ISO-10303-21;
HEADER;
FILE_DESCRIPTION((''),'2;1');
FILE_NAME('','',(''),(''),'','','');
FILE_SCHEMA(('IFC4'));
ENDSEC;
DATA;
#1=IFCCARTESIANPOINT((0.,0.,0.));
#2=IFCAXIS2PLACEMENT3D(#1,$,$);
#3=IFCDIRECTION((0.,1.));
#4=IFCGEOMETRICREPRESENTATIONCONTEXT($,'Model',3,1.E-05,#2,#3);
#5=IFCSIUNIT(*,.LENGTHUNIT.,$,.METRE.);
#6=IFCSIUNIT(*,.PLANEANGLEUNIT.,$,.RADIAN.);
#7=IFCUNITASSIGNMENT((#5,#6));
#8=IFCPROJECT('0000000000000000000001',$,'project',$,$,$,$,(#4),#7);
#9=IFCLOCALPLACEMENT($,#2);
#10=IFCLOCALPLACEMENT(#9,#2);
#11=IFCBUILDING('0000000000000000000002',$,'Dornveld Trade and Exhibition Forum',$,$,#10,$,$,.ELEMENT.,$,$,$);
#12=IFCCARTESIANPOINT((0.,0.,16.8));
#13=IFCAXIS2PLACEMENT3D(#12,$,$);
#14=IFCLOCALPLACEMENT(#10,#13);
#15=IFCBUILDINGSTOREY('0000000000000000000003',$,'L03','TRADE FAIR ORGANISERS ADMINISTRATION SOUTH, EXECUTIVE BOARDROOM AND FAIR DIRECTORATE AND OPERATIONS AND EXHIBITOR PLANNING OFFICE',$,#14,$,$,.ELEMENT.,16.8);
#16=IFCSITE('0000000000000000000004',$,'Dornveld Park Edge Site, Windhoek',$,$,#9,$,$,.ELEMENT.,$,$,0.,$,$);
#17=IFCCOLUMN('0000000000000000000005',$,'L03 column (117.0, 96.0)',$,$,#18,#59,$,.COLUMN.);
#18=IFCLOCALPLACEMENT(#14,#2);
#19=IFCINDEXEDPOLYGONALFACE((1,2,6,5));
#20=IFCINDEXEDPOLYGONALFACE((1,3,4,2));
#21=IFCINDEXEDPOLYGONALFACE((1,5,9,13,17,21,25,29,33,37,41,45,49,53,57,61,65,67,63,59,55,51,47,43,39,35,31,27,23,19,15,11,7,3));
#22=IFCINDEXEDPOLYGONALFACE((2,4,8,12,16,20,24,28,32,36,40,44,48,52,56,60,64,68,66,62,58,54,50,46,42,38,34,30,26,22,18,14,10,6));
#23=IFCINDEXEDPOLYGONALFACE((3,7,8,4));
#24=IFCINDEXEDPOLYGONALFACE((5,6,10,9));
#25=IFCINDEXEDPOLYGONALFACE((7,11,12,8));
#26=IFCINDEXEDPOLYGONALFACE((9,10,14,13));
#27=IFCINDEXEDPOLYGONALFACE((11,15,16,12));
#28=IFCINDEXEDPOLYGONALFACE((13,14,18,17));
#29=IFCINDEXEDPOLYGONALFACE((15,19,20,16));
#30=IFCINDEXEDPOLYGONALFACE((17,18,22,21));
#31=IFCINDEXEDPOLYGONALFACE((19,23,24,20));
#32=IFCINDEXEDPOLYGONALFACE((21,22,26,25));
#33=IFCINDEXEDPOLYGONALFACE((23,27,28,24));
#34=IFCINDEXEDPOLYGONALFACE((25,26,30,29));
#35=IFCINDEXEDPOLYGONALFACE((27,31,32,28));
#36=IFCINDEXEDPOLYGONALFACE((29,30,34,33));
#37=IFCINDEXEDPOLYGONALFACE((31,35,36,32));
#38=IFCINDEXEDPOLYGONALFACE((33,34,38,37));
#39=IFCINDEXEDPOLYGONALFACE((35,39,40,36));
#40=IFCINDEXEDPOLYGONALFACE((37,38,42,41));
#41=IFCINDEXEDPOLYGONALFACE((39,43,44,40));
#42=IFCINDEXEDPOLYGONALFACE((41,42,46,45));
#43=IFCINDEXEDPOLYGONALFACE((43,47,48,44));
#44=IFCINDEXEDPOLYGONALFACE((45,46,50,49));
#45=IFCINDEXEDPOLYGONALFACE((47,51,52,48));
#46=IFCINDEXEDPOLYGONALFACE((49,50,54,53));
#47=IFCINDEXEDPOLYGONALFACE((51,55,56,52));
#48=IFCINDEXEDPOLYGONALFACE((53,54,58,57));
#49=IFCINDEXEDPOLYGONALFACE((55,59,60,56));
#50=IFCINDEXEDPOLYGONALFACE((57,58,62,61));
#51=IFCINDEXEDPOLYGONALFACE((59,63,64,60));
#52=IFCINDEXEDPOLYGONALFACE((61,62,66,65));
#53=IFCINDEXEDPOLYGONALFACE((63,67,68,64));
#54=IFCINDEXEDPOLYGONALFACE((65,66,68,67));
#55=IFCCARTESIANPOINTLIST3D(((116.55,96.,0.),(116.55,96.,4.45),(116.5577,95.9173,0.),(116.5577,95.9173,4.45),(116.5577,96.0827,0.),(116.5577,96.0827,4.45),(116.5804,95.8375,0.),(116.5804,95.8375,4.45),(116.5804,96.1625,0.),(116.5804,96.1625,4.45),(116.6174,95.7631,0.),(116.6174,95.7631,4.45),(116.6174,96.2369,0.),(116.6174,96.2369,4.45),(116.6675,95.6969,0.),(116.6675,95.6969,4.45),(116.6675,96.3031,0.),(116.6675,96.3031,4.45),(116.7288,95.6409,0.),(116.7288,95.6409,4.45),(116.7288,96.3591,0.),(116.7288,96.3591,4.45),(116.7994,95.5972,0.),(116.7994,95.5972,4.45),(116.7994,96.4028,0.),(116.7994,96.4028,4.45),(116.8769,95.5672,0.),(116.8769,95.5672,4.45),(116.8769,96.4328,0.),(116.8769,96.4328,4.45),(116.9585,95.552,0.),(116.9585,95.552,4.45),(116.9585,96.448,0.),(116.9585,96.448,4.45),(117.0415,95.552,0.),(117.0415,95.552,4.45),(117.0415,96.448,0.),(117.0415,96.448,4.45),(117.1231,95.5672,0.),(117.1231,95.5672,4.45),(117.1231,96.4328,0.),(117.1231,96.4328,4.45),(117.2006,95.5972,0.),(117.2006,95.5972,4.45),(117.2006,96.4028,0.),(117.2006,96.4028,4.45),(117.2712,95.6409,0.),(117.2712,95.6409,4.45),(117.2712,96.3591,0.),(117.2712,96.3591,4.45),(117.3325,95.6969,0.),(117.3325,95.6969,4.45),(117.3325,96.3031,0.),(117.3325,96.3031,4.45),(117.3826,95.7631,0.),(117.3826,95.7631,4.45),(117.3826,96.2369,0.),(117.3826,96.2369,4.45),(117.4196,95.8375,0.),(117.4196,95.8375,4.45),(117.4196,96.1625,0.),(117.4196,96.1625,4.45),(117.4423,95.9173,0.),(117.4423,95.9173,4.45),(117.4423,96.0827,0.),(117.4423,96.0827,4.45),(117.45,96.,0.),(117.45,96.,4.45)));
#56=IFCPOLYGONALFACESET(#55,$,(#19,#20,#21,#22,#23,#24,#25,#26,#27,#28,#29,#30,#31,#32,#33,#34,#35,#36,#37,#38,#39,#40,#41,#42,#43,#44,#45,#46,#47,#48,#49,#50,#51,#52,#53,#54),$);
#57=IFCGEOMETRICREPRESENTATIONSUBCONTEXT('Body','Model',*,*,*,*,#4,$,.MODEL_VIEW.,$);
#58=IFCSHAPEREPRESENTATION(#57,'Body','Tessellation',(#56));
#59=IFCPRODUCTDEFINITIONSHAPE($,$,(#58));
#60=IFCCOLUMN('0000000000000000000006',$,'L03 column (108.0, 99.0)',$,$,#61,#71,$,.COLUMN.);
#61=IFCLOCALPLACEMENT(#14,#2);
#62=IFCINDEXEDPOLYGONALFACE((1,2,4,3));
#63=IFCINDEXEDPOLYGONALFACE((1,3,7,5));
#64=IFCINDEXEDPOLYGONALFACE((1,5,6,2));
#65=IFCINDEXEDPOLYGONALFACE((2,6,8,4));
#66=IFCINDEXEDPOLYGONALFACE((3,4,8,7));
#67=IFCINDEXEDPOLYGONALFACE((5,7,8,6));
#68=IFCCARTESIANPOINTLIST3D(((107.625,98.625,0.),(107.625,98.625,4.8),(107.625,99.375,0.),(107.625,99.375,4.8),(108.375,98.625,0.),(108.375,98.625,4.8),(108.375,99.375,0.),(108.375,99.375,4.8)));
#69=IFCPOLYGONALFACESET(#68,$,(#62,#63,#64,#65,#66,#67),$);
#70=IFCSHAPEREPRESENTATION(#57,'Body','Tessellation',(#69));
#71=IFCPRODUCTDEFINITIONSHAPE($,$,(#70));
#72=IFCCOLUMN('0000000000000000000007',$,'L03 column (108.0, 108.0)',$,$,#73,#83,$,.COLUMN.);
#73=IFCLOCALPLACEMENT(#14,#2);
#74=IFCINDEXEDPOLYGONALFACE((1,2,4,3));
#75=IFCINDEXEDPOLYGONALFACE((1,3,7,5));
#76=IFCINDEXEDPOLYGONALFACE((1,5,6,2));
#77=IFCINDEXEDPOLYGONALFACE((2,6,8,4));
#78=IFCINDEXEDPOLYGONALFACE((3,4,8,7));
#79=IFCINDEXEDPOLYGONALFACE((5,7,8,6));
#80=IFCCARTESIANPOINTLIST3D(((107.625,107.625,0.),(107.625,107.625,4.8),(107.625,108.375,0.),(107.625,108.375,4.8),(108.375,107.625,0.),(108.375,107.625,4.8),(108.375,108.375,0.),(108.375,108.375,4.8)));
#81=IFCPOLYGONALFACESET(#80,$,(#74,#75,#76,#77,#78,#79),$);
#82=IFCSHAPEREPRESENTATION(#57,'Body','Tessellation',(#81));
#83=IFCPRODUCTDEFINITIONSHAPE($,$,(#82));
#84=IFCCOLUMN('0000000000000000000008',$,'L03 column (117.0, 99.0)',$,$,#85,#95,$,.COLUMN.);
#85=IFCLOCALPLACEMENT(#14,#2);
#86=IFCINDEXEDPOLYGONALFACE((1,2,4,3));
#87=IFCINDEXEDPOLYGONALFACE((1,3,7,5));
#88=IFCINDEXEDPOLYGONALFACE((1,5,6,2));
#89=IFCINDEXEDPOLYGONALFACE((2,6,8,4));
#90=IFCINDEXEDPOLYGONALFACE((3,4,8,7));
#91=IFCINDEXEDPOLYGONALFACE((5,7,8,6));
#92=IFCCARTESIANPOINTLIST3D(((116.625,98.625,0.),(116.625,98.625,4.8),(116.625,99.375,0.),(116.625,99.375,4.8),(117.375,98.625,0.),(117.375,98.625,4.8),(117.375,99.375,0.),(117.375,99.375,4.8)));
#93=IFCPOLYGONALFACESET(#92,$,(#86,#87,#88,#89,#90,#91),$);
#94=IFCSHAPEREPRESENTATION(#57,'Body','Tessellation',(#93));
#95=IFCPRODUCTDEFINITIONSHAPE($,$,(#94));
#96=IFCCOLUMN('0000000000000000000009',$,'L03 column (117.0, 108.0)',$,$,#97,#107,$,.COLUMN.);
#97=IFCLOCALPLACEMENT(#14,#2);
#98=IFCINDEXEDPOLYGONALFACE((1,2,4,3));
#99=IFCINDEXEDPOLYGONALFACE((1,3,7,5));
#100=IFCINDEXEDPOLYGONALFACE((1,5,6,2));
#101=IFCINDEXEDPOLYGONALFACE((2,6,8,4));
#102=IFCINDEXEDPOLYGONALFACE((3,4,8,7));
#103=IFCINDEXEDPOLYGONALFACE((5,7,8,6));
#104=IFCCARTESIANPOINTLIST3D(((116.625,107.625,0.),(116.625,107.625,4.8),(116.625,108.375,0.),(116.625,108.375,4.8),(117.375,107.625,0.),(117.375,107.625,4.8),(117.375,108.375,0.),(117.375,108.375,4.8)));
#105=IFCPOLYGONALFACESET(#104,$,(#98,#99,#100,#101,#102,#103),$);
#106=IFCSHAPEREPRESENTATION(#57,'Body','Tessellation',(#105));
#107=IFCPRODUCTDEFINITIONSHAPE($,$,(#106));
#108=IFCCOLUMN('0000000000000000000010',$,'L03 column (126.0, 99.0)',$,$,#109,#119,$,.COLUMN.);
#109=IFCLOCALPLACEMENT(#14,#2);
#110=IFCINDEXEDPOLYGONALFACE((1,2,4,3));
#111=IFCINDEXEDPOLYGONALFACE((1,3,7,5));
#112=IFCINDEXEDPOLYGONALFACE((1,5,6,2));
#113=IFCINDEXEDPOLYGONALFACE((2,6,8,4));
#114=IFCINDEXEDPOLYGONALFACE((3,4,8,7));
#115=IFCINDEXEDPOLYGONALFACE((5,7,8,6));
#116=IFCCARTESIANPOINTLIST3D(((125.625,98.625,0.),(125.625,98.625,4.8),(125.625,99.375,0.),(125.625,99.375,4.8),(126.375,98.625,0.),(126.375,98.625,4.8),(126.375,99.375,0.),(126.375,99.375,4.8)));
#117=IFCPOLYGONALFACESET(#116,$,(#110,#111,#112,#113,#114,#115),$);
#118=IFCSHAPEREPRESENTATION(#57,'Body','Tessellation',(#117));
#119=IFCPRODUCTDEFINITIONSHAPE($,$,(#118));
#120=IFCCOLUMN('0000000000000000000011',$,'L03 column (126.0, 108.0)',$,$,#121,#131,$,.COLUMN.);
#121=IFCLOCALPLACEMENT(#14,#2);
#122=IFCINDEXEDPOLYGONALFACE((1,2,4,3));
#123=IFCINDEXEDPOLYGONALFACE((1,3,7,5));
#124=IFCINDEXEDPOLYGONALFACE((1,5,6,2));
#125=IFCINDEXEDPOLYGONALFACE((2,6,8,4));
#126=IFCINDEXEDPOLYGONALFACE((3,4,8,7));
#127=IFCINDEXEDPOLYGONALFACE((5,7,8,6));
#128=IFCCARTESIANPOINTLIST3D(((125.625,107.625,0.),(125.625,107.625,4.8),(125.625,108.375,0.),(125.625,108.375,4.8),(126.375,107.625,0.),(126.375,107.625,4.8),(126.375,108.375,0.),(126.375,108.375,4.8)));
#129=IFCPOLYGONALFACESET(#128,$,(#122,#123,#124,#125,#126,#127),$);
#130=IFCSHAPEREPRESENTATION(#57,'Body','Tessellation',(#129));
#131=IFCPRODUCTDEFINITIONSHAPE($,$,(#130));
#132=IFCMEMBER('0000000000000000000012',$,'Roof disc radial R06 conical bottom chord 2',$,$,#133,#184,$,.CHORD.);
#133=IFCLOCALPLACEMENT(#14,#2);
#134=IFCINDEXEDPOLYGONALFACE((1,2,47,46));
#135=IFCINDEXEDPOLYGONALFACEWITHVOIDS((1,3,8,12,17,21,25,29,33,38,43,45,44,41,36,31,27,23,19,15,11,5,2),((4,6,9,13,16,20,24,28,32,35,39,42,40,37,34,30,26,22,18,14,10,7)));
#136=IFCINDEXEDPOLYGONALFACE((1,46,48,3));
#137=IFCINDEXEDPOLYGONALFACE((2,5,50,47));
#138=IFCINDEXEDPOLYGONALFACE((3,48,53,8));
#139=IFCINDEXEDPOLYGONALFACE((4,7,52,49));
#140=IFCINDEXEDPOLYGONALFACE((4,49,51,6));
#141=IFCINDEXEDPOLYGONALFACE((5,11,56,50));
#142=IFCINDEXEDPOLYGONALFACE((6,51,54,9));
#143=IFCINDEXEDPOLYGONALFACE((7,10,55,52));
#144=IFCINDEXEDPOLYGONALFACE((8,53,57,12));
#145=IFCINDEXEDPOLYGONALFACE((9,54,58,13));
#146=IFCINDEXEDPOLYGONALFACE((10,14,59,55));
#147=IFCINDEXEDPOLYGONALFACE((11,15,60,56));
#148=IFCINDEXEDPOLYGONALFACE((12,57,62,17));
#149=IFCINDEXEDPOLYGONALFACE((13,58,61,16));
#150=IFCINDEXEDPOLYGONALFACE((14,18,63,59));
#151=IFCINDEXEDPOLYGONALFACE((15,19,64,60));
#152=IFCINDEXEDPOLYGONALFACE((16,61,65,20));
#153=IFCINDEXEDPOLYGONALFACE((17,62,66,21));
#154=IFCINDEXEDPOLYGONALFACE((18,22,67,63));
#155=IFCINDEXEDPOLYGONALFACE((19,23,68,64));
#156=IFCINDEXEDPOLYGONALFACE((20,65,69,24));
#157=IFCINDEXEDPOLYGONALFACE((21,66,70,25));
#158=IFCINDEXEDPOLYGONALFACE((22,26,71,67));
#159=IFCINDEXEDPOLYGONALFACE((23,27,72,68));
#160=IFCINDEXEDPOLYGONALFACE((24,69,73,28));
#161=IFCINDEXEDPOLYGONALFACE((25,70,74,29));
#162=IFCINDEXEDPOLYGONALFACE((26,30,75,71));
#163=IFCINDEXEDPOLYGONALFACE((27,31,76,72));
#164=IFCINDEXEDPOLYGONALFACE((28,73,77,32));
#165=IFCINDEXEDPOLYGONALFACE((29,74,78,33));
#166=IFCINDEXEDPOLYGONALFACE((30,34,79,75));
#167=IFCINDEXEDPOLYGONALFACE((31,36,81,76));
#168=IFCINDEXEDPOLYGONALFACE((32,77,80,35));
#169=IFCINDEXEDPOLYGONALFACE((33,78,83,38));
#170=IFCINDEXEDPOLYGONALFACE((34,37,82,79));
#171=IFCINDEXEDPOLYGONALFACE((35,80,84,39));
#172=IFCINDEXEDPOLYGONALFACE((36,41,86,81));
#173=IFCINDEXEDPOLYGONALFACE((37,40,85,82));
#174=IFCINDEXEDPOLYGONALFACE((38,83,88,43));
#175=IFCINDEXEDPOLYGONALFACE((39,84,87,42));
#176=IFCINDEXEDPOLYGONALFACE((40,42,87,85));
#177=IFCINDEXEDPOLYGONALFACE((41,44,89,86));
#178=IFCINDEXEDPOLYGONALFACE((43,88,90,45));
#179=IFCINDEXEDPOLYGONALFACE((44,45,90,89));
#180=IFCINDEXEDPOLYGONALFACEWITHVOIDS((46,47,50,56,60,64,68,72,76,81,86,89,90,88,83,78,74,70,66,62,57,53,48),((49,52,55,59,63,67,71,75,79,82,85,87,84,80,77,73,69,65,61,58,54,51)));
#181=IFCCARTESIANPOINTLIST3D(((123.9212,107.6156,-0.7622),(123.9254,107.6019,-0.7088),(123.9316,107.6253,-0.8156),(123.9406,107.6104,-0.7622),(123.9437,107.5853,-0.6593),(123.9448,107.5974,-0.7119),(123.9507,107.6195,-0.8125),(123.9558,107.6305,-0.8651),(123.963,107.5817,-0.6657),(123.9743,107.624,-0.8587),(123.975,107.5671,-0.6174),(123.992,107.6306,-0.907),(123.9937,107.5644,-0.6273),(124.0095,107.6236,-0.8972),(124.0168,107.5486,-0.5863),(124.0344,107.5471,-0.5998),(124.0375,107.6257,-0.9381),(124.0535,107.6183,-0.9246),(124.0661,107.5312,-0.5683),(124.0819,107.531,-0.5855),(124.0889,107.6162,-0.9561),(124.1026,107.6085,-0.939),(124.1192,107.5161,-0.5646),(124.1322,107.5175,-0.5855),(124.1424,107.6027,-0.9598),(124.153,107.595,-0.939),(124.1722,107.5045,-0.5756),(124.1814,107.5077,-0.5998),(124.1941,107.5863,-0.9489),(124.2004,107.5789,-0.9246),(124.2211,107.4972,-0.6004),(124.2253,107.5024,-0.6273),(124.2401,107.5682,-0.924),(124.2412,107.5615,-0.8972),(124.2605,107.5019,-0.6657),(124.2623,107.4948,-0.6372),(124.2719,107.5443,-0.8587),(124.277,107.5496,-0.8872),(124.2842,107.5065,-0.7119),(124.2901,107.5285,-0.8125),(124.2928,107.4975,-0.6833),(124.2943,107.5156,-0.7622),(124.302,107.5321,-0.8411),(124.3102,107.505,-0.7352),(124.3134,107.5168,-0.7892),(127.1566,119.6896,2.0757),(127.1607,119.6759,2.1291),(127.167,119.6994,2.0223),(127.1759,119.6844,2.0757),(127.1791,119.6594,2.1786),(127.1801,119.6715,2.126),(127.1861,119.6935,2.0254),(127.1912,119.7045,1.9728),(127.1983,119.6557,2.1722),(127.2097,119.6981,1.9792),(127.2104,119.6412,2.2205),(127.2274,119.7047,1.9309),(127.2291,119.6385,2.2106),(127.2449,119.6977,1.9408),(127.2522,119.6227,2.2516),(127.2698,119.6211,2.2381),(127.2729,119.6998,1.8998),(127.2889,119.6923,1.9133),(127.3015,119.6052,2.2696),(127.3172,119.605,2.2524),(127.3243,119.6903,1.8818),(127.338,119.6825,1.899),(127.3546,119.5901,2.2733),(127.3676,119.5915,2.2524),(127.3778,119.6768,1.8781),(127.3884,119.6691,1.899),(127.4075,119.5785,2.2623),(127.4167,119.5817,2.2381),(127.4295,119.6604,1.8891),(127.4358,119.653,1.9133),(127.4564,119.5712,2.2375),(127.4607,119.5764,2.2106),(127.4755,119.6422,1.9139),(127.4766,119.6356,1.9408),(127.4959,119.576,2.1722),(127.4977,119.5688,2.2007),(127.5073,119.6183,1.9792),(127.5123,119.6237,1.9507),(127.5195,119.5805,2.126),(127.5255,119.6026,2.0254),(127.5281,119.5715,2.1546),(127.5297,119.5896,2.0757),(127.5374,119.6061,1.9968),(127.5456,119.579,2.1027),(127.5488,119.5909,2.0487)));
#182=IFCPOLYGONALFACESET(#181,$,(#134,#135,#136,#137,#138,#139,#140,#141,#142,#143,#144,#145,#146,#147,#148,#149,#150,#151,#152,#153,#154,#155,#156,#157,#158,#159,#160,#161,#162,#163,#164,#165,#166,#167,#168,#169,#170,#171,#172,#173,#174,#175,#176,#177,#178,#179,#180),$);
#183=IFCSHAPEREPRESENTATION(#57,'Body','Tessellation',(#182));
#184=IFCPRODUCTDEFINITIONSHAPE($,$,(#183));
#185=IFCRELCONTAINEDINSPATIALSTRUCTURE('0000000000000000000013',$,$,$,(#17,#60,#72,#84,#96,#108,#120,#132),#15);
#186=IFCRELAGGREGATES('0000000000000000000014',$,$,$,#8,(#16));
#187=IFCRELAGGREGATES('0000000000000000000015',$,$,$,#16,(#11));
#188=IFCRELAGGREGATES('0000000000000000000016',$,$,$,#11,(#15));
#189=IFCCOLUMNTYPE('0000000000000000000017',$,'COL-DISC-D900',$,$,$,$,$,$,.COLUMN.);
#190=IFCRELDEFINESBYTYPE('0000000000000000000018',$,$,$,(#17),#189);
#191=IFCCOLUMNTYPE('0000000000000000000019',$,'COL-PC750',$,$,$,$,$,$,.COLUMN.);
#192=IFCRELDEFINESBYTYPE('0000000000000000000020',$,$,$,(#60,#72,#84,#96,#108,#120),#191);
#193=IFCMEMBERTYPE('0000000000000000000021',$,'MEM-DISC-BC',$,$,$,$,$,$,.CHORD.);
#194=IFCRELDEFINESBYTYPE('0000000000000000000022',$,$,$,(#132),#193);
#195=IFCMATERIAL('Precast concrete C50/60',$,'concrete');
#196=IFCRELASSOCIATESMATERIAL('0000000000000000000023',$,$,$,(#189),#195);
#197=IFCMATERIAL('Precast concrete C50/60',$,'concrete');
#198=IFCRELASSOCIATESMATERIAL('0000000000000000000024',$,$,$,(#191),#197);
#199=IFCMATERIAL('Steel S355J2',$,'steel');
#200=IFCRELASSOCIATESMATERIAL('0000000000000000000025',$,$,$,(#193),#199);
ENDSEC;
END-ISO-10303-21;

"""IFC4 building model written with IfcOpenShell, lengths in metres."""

from ifc_helpers import new_model, si_unit, direction, frame, origin, origin_2d, place, context, subcontext, project, spatial, rectangle, circle, hollow_circle, extrude, material, material_profile, profile_set, type_object, element, save


model = new_model("IFC4")

# Units and contexts
model_context = context("Model", 3, precision=1e-05, world=origin(), true_north=direction((0.0, 1.0)))
body_context = subcontext(model_context, "Body", "Model", "MODEL_VIEW")
ifc_project = project(units=[si_unit("LENGTHUNIT", "METRE"), si_unit("PLANEANGLEUNIT", "RADIAN")], contexts=[model_context])

# Site, building, storey
site_placement = place(None, origin())
site = spatial("IfcSite", under=ifc_project, at=site_placement, Name="Dornveld Park Edge Site, Windhoek", CompositionType="ELEMENT", RefElevation=0.0)
building_placement = place(site_placement, origin())
building = spatial("IfcBuilding", under=site, at=building_placement, Name="Dornveld Trade and Exhibition Forum", CompositionType="ELEMENT")
storey_placement = place(building_placement, frame((0.0, 0.0, 16.8)))
storey = spatial("IfcBuildingStorey", under=building, at=storey_placement, Name="L03", Description="TRADE FAIR ORGANISERS ADMINISTRATION SOUTH, EXECUTIVE BOARDROOM AND FAIR DIRECTORATE AND OPERATIONS AND EXHIBITOR PLANNING OFFICE", CompositionType="ELEMENT", Elevation=16.8)

# Columns
ifc_material_1 = material(Name="Precast concrete C50/60", Category="concrete")
ifc_material_profile_1 = material_profile(ifc_material_1, circle(Radius=0.45, at=origin_2d()), Name="PC-COL D900")
ifc_profile_set_1 = profile_set([ifc_material_profile_1], Name="Precast concrete C50/60")
column_type_1 = type_object("IfcColumnType", Name="COL-DISC-D900", PredefinedType="COLUMN", material=ifc_profile_set_1)
column_placement = place(storey_placement, frame((117.0, 96.0, 0.0), z_axis=(0.0, 0.0, 1.0), x_axis=(1.0, 0.0, 0.0)))
element("IfcColumn", 1, at=column_placement, inside=storey, type_object=column_type_1, Name="L03 column (117.0, 96.0)", PredefinedType="COLUMN", context=body_context, shape_type="SweptSolid", body=[
    extrude(circle(Radius=0.45, at=origin_2d()), origin(), (0.0, 0.0, 1.0), 4.45),
])
ifc_material_2 = material(Name="Precast concrete C50/60", Category="concrete")
ifc_material_profile_2 = material_profile(ifc_material_2, rectangle(XDim=0.75, YDim=0.75, at=origin_2d()), Name="PC-COL 750x750")
ifc_profile_set_2 = profile_set([ifc_material_profile_2], Name="Precast concrete C50/60")
column_type_2 = type_object("IfcColumnType", Name="COL-PC750", PredefinedType="COLUMN", material=ifc_profile_set_2)
for number, where, z_axis, x_axis, name in (
    (2, (108.0, 99.0, 0.0), (0.0, 0.0, 1.0), (1.0, 0.0, 0.0), "L03 column (108.0, 99.0)"),
    (3, (108.0, 108.0, 0.0), (0.0, 0.0, 1.0), (1.0, 0.0, 0.0), "L03 column (108.0, 108.0)"),
    (4, (117.0, 99.0, 0.0), (0.0, 0.0, 1.0), (1.0, 0.0, 0.0), "L03 column (117.0, 99.0)"),
    (5, (117.0, 108.0, 0.0), (0.0, 0.0, 1.0), (1.0, 0.0, 0.0), "L03 column (117.0, 108.0)"),
    (6, (126.0, 99.0, 0.0), (0.0, 0.0, 1.0), (1.0, 0.0, 0.0), "L03 column (126.0, 99.0)"),
    (7, (126.0, 108.0, 0.0), (0.0, 0.0, 1.0), (1.0, 0.0, 0.0), "L03 column (126.0, 108.0)"),
):
    element("IfcColumn", number, at=place(storey_placement, frame(where, z_axis=z_axis, x_axis=x_axis)), inside=storey, type_object=column_type_2, Name=name, PredefinedType="COLUMN", context=body_context, shape_type="SweptSolid", body=[
        extrude(rectangle(XDim=0.75, YDim=0.75, at=origin_2d()), origin(), (0.0, 0.0, 1.0), 4.8),
    ])

# Member
ifc_material_3 = material(Name="Steel S355J2", Category="steel")
ifc_material_profile_3 = material_profile(ifc_material_3, hollow_circle(Radius=0.2031, WallThickness=0.02, at=origin_2d()), Name="CHS 406.4x20")
ifc_profile_set_3 = profile_set([ifc_material_profile_3], Name="Steel S355J2")
member_type_1 = type_object("IfcMemberType", Name="MEM-DISC-BC", PredefinedType="CHORD", material=ifc_profile_set_3)
for number, where, z_axis, x_axis, name in (
    (8, (124.1174, 107.563, -0.7622), (0.252406, 0.941952, 0.221398), (-0.965923, 0.258829, 0.0), "Roof disc radial R06 conical bottom chord 2"),
):
    element("IfcMember", number, at=place(storey_placement, frame(where, z_axis=z_axis, x_axis=x_axis)), inside=storey, type_object=member_type_1, Name=name, PredefinedType="CHORD", context=body_context, shape_type="SweptSolid", body=[
        extrude(hollow_circle(Radius=0.2031, WallThickness=0.02, at=origin_2d()), origin(), (0.0, 0.0, 1.0), 12.8181),
    ])

save(model, "model.ifc")
